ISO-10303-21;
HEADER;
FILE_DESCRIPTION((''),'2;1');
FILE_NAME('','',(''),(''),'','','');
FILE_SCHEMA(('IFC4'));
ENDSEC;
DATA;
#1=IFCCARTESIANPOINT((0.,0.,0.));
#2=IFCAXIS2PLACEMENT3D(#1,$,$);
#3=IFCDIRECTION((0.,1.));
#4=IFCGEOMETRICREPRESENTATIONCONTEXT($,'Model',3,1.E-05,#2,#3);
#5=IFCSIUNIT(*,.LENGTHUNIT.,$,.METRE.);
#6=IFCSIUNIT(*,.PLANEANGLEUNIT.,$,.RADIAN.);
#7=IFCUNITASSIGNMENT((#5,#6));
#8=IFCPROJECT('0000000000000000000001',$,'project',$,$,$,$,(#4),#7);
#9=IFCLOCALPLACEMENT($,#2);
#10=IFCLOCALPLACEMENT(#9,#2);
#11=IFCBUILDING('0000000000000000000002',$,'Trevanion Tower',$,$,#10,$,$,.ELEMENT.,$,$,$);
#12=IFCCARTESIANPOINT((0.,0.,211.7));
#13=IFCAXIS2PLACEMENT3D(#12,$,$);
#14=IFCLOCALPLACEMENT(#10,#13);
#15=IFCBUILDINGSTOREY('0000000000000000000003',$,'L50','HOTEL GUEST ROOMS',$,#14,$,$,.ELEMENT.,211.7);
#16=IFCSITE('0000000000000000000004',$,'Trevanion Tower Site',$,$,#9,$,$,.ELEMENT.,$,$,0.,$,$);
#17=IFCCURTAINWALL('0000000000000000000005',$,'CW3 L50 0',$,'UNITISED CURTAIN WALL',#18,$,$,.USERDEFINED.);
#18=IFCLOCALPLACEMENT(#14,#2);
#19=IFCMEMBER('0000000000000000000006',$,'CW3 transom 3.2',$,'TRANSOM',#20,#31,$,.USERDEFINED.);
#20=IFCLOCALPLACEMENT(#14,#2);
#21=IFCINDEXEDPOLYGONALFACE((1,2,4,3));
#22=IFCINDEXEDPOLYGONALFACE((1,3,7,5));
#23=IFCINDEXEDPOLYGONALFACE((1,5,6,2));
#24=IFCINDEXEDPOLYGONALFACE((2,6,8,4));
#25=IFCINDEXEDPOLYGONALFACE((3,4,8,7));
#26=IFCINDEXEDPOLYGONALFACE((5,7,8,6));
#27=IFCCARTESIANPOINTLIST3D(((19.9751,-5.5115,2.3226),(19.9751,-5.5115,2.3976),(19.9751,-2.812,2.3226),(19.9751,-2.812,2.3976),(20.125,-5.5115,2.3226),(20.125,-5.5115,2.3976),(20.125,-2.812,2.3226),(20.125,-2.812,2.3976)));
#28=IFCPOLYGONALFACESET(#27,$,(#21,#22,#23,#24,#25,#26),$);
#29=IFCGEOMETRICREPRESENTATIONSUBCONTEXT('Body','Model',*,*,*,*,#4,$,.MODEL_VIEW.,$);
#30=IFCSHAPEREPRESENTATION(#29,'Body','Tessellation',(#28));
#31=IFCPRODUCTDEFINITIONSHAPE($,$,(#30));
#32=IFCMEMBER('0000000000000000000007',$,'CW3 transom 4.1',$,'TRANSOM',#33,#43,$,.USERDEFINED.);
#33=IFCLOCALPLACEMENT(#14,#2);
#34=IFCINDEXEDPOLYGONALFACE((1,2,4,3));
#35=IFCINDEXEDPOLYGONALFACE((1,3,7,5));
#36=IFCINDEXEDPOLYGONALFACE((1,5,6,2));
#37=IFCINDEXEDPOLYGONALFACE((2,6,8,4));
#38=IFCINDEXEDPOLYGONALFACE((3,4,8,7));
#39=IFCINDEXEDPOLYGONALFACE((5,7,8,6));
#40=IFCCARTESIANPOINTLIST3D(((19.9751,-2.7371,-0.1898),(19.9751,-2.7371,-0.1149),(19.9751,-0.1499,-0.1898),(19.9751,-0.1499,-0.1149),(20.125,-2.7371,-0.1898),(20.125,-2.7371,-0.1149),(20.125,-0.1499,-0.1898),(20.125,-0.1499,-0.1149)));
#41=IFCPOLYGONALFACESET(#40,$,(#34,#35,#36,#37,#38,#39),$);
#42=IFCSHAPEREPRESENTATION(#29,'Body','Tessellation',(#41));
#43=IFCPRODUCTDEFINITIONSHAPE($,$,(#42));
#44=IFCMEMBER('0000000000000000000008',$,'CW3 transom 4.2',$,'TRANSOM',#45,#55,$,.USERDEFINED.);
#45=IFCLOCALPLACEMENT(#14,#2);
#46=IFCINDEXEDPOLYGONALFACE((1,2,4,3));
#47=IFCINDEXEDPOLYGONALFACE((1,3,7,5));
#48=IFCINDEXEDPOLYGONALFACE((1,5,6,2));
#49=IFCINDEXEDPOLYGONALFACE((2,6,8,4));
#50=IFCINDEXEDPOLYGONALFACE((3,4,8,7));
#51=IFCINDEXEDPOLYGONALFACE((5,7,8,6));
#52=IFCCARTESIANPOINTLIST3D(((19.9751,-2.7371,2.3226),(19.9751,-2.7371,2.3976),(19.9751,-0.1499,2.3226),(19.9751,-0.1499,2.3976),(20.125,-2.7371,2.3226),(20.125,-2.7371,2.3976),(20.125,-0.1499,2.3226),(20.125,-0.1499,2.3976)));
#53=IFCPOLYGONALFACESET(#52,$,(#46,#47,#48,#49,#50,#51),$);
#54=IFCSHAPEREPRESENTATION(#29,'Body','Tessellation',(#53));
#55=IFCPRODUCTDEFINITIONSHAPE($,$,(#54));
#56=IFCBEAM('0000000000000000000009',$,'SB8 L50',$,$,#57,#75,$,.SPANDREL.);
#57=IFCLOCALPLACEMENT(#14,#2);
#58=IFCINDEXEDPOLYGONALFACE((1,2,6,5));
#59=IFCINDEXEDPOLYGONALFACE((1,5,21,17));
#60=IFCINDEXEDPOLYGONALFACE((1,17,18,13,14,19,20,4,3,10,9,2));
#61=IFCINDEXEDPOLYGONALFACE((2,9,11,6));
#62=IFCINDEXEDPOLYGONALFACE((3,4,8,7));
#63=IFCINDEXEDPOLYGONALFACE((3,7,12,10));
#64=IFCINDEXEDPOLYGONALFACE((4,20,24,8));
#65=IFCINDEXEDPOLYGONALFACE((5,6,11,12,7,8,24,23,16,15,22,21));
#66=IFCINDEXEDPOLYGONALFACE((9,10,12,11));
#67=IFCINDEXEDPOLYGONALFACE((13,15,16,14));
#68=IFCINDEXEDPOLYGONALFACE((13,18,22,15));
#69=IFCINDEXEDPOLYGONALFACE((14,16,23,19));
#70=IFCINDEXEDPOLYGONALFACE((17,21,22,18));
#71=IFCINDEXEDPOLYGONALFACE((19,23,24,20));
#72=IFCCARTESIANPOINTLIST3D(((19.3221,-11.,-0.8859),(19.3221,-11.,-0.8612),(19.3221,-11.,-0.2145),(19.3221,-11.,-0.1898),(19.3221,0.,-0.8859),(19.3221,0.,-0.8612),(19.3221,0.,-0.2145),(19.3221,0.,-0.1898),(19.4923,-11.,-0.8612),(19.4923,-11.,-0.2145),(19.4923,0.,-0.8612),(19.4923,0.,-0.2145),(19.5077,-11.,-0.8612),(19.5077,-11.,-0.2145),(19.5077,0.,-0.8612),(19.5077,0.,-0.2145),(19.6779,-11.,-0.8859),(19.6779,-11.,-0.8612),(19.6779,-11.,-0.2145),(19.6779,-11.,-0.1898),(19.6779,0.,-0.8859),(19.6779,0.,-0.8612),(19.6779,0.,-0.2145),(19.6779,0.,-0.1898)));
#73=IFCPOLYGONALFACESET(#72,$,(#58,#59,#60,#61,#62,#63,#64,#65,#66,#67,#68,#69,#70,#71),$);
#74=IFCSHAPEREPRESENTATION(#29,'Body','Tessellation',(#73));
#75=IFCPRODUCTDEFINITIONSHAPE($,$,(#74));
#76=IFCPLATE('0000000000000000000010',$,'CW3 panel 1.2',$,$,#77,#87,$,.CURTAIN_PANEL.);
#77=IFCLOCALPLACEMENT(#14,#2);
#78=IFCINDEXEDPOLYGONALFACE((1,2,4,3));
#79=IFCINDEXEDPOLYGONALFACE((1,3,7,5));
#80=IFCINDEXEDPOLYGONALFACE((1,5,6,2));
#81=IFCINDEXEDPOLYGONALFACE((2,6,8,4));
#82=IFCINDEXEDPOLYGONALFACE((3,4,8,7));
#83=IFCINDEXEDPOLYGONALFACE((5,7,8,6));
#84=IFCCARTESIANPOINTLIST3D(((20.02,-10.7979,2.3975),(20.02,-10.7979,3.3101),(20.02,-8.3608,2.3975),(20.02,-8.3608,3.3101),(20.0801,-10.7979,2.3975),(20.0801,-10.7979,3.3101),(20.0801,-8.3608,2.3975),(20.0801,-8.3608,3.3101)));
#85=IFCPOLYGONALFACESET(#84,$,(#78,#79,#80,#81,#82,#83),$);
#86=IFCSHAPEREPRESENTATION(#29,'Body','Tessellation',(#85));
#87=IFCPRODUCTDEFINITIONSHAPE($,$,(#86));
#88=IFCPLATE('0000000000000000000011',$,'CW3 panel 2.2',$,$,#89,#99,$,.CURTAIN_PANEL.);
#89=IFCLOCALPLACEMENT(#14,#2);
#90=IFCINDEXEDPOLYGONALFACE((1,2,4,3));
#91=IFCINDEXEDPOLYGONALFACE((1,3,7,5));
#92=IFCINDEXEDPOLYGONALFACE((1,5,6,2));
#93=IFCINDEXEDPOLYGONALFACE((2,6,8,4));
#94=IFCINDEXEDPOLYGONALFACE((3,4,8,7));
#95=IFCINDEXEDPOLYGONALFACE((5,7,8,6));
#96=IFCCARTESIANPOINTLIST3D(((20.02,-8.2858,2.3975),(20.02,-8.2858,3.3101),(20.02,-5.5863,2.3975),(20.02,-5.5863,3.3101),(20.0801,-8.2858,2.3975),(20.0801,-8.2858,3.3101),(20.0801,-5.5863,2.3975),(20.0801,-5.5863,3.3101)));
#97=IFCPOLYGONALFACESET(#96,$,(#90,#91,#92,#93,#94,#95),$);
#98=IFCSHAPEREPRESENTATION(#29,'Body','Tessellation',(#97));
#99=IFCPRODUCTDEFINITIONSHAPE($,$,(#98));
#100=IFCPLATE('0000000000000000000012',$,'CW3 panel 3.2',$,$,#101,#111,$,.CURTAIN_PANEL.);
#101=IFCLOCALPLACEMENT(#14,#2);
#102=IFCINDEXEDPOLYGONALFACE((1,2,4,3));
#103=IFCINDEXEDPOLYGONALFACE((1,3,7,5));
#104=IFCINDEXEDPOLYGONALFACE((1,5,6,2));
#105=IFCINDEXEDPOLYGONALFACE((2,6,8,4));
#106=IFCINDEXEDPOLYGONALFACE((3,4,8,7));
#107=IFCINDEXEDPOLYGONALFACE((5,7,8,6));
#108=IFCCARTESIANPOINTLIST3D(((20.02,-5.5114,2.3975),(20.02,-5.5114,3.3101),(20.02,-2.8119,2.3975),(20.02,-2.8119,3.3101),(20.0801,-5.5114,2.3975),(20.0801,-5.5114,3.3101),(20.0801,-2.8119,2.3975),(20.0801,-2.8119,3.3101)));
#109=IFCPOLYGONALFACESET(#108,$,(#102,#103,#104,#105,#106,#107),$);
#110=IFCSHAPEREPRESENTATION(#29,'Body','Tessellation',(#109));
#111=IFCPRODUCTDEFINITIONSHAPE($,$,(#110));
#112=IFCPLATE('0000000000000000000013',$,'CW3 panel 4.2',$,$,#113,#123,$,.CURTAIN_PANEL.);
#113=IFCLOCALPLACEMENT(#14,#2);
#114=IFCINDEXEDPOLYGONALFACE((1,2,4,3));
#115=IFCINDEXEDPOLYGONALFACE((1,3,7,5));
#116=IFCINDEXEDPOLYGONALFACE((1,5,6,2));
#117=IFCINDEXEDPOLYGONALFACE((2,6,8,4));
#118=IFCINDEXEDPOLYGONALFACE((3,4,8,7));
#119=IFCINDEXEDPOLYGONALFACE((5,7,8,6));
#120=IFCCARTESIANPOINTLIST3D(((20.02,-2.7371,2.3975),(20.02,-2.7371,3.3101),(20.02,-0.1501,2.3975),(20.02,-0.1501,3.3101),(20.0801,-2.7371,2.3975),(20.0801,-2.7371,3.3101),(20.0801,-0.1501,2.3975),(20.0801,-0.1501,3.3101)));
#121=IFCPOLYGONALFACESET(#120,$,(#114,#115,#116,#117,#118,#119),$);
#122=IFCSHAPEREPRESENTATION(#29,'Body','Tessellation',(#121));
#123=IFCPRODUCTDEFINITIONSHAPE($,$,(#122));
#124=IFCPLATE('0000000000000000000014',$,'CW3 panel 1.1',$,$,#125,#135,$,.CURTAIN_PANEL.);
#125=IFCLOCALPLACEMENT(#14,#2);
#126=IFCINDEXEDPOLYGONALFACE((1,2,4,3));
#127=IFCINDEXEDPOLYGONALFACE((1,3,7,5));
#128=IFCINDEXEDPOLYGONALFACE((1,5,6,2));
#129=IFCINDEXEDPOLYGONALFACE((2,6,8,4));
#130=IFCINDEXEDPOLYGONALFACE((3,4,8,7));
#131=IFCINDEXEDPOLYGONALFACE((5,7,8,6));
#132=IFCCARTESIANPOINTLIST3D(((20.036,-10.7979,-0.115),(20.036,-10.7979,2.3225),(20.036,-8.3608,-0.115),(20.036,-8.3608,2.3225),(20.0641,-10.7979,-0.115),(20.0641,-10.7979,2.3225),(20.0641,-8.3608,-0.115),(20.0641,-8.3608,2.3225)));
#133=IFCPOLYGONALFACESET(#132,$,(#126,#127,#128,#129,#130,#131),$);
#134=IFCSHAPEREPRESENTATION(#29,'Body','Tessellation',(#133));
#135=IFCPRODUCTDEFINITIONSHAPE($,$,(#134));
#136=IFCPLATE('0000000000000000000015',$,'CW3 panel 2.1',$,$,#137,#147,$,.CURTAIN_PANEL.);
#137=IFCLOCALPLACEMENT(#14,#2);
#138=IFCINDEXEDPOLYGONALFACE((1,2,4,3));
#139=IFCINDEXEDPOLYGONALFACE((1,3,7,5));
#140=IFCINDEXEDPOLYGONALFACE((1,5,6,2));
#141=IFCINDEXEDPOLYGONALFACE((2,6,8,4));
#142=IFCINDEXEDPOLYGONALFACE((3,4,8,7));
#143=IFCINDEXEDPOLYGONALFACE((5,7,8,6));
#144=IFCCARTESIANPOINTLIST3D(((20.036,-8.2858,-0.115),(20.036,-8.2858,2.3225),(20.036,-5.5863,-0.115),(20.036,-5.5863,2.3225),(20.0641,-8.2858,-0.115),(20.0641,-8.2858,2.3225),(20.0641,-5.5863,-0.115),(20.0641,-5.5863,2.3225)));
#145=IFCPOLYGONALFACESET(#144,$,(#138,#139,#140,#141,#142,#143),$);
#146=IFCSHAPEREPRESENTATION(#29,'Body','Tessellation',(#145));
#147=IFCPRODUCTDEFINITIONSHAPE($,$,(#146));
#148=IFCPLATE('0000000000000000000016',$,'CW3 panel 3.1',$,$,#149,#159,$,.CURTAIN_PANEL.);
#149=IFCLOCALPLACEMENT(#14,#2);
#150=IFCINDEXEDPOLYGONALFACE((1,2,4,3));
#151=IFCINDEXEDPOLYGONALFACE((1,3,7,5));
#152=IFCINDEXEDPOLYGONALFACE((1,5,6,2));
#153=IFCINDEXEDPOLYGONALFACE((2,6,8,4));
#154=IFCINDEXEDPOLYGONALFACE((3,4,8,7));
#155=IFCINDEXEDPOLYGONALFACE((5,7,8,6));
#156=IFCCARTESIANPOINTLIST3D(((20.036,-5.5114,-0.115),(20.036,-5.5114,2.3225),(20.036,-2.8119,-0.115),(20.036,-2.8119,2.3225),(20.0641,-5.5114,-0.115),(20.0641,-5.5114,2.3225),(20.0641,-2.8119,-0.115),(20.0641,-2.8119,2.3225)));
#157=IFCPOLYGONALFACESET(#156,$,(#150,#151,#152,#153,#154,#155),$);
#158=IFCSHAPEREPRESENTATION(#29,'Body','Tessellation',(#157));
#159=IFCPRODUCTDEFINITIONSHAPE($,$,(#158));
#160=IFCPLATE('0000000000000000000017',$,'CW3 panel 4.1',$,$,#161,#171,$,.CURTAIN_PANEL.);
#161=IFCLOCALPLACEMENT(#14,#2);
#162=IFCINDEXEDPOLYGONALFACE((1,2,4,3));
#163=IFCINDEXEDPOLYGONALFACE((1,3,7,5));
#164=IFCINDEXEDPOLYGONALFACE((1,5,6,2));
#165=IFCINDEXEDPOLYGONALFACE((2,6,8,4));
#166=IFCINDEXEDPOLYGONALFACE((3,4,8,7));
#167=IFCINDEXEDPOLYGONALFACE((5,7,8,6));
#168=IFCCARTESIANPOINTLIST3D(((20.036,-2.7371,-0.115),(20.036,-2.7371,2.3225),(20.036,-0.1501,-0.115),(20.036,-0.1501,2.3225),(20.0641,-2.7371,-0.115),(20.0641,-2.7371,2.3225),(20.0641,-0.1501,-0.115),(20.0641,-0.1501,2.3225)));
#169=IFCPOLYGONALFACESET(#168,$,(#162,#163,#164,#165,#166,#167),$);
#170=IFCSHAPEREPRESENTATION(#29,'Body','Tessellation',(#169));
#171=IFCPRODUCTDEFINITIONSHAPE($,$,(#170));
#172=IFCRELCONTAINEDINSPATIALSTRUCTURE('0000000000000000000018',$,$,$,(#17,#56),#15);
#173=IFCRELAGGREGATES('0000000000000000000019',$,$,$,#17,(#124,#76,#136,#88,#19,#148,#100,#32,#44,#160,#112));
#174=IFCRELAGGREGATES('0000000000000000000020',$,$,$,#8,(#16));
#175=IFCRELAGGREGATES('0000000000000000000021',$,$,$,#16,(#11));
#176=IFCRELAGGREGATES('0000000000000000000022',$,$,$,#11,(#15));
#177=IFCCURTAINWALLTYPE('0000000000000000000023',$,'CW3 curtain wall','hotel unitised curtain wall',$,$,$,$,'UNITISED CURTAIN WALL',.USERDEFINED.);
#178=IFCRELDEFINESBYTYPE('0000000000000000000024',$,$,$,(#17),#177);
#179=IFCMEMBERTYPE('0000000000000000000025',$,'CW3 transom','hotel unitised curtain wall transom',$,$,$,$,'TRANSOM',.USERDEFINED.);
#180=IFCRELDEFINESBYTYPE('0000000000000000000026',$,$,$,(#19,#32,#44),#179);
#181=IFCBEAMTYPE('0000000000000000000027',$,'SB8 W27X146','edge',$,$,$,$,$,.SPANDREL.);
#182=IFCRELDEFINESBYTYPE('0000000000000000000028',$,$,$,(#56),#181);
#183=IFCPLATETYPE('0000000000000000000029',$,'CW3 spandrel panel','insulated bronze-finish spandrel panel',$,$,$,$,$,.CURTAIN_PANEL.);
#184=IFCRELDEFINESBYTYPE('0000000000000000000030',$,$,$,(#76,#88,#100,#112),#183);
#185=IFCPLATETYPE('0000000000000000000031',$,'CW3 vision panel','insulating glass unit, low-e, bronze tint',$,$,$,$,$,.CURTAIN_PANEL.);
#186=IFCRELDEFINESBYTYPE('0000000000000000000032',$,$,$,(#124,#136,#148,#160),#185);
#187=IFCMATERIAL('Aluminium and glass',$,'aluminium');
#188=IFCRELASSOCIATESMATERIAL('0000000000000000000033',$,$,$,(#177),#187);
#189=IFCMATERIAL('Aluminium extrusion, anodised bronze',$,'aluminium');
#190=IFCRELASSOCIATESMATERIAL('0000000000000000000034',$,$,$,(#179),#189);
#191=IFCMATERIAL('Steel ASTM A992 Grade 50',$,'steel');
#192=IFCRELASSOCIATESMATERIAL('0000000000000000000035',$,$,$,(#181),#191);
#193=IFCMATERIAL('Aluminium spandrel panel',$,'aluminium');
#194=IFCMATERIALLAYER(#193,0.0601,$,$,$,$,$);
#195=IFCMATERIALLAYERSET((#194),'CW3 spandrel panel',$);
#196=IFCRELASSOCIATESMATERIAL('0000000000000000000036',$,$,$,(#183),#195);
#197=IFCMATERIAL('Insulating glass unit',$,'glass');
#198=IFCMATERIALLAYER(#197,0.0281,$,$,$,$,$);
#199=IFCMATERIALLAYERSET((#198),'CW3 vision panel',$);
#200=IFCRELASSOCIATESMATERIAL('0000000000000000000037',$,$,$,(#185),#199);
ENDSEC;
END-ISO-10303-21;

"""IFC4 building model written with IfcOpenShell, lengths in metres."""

from ifc_helpers import new_model, si_unit, direction, frame, origin, origin_2d, place, context, subcontext, project, spatial, rectangle, i_section, extrude, material, layer, layer_set, material_profile, profile_set, type_object, element, aggregate, save


model = new_model("IFC4")

# Units and contexts
model_context = context("Model", 3, precision=1e-05, world=origin(), true_north=direction((0.0, 1.0)))
body_context = subcontext(model_context, "Body", "Model", "MODEL_VIEW")
ifc_project = project(units=[si_unit("LENGTHUNIT", "METRE"), si_unit("PLANEANGLEUNIT", "RADIAN")], contexts=[model_context])

# Site, building, storey
site_placement = place(None, origin())
site = spatial("IfcSite", under=ifc_project, at=site_placement, Name="Trevanion Tower Site", CompositionType="ELEMENT", RefElevation=0.0)
building_placement = place(site_placement, origin())
building = spatial("IfcBuilding", under=site, at=building_placement, Name="Trevanion Tower", CompositionType="ELEMENT")
storey_placement = place(building_placement, frame((0.0, 0.0, 211.7)))
storey = spatial("IfcBuildingStorey", under=building, at=storey_placement, Name="L50", Description="HOTEL GUEST ROOMS", CompositionType="ELEMENT", Elevation=211.7)

# Curtain wall, members
ifc_material_1 = material(Name="Aluminium and glass", Category="aluminium")
curtain_wall_type = type_object("IfcCurtainWallType", Name="CW3 curtain wall", Description="hotel unitised curtain wall", ElementType="UNITISED CURTAIN WALL", PredefinedType="USERDEFINED", material=ifc_material_1)
curtain_wall_placement = place(storey_placement, origin())
curtain_wall = element("IfcCurtainWall", 1, at=curtain_wall_placement, inside=storey, type_object=curtain_wall_type, Name="CW3 L50 0", ObjectType="UNITISED CURTAIN WALL", PredefinedType="USERDEFINED")
ifc_material_2 = material(Name="Aluminium extrusion, anodised bronze", Category="aluminium")
ifc_material_profile_1 = material_profile(ifc_material_2, rectangle(XDim=0.1499, YDim=0.075, at=origin_2d()), Name="CW3 transom")
ifc_profile_set_1 = profile_set([ifc_material_profile_1], Name="Aluminium extrusion, anodised bronze")
member_type_1 = type_object("IfcMemberType", Name="CW3 transom", Description="hotel unitised curtain wall transom", ElementType="TRANSOM", PredefinedType="USERDEFINED", material=ifc_profile_set_1)
member_1_placement = place(storey_placement, frame((20.05, -5.5115, 2.3601), z_axis=(0.0, 1.0, 0.0), x_axis=(-1.0, 0.0, 0.0)))
member_1 = element("IfcMember", 2, at=member_1_placement, type_object=member_type_1, Name="CW3 transom 3.2", ObjectType="TRANSOM", PredefinedType="USERDEFINED", context=body_context, shape_type="SweptSolid", body=[
    extrude(rectangle(XDim=0.1499, YDim=0.075, at=origin_2d()), origin(), (0.0, 0.0, 1.0), 2.6995),
])
member_2_placement = place(storey_placement, frame((20.05, -2.7371, -0.1523), z_axis=(0.0, 1.0, 0.0), x_axis=(-1.0, 0.0, 0.0)))
member_2 = element("IfcMember", 3, at=member_2_placement, type_object=member_type_1, Name="CW3 transom 4.1", ObjectType="TRANSOM", PredefinedType="USERDEFINED", context=body_context, shape_type="SweptSolid", body=[
    extrude(rectangle(XDim=0.1499, YDim=0.075, at=origin_2d()), origin(), (0.0, 0.0, 1.0), 2.5872),
])
member_3_placement = place(storey_placement, frame((20.05, -2.7371, 2.3601), z_axis=(0.0, 1.0, 0.0), x_axis=(-1.0, 0.0, 0.0)))
member_3 = element("IfcMember", 4, at=member_3_placement, type_object=member_type_1, Name="CW3 transom 4.2", ObjectType="TRANSOM", PredefinedType="USERDEFINED", context=body_context, shape_type="SweptSolid", body=[
    extrude(rectangle(XDim=0.1499, YDim=0.075, at=origin_2d()), origin(), (0.0, 0.0, 1.0), 2.5872),
])

# Beam
ifc_material_3 = material(Name="Steel ASTM A992 Grade 50", Category="steel")
ifc_material_profile_2 = material_profile(ifc_material_3, i_section(OverallWidth=0.3557, OverallDepth=0.696, WebThickness=0.0154, FlangeThickness=0.0247, at=origin_2d()), Name="W27X146")
ifc_profile_set_2 = profile_set([ifc_material_profile_2], Name="Steel ASTM A992 Grade 50")
beam_type_1 = type_object("IfcBeamType", Name="SB8 W27X146", Description="edge", PredefinedType="SPANDREL", material=ifc_profile_set_2)
beam_placement = place(storey_placement, frame((19.5, -11.0, -0.5378), z_axis=(0.0, 1.0, 0.0), x_axis=(-1.0, 0.0, 0.0)))
element("IfcBeam", 5, at=beam_placement, inside=storey, type_object=beam_type_1, Name="SB8 L50", PredefinedType="SPANDREL", context=body_context, shape_type="SweptSolid", body=[
    extrude(i_section(OverallWidth=0.3557, OverallDepth=0.696, WebThickness=0.0154, FlangeThickness=0.0247, at=origin_2d()), origin(), (0.0, 0.0, 1.0), 11.0),
])

# Plates
ifc_material_4 = material(Name="Aluminium spandrel panel", Category="aluminium")
ifc_layer_1 = layer(ifc_material_4, 0.0601)
ifc_layer_set_1 = layer_set([ifc_layer_1], Name="CW3 spandrel panel")
plate_type_1 = type_object("IfcPlateType", Name="CW3 spandrel panel", Description="insulated bronze-finish spandrel panel", PredefinedType="CURTAIN_PANEL", material=ifc_layer_set_1)
plate_1_placement = place(storey_placement, frame((20.05, -9.5793, 2.3975), z_axis=(0.0, 0.0, 1.0), x_axis=(0.0, 1.0, 0.0)))
plate_1 = element("IfcPlate", 6, at=plate_1_placement, type_object=plate_type_1, Name="CW3 panel 1.2", PredefinedType="CURTAIN_PANEL", context=body_context, shape_type="SweptSolid", body=[
    extrude(rectangle(XDim=2.437, YDim=0.0601, at=origin_2d()), origin(), (0.0, 0.0, 1.0), 0.9126),
])
plate_2_placement = place(storey_placement, frame((20.05, -6.936, 2.3975), z_axis=(0.0, 0.0, 1.0), x_axis=(0.0, 1.0, 0.0)))
plate_2 = element("IfcPlate", 7, at=plate_2_placement, type_object=plate_type_1, Name="CW3 panel 2.2", PredefinedType="CURTAIN_PANEL", context=body_context, shape_type="SweptSolid", body=[
    extrude(rectangle(XDim=2.6995, YDim=0.0601, at=origin_2d()), origin(), (0.0, 0.0, 1.0), 0.9126),
])
plate_3_placement = place(storey_placement, frame((20.05, -4.1616, 2.3975), z_axis=(0.0, 0.0, 1.0), x_axis=(0.0, 1.0, 0.0)))
plate_3 = element("IfcPlate", 8, at=plate_3_placement, type_object=plate_type_1, Name="CW3 panel 3.2", PredefinedType="CURTAIN_PANEL", context=body_context, shape_type="SweptSolid", body=[
    extrude(rectangle(XDim=2.6995, YDim=0.0601, at=origin_2d()), origin(), (0.0, 0.0, 1.0), 0.9126),
])
plate_4_placement = place(storey_placement, frame((20.05, -1.4436, 2.3975), z_axis=(0.0, 0.0, 1.0), x_axis=(0.0, 1.0, 0.0)))
plate_4 = element("IfcPlate", 9, at=plate_4_placement, type_object=plate_type_1, Name="CW3 panel 4.2", PredefinedType="CURTAIN_PANEL", context=body_context, shape_type="SweptSolid", body=[
    extrude(rectangle(XDim=2.5869, YDim=0.0601, at=origin_2d()), origin(), (0.0, 0.0, 1.0), 0.9126),
])
ifc_material_5 = material(Name="Insulating glass unit", Category="glass")
ifc_layer_2 = layer(ifc_material_5, 0.0281)
ifc_layer_set_2 = layer_set([ifc_layer_2], Name="CW3 vision panel")
plate_type_2 = type_object("IfcPlateType", Name="CW3 vision panel", Description="insulating glass unit, low-e, bronze tint", PredefinedType="CURTAIN_PANEL", material=ifc_layer_set_2)
plate_5_placement = place(storey_placement, frame((20.05, -9.5793, -0.115), z_axis=(0.0, 0.0, 1.0), x_axis=(0.0, 1.0, 0.0)))
plate_5 = element("IfcPlate", 10, at=plate_5_placement, type_object=plate_type_2, Name="CW3 panel 1.1", PredefinedType="CURTAIN_PANEL", context=body_context, shape_type="SweptSolid", body=[
    extrude(rectangle(XDim=2.437, YDim=0.0281, at=origin_2d()), origin(), (0.0, 0.0, 1.0), 2.4375),
])
plate_6_placement = place(storey_placement, frame((20.05, -6.936, -0.115), z_axis=(0.0, 0.0, 1.0), x_axis=(0.0, 1.0, 0.0)))
plate_6 = element("IfcPlate", 11, at=plate_6_placement, type_object=plate_type_2, Name="CW3 panel 2.1", PredefinedType="CURTAIN_PANEL", context=body_context, shape_type="SweptSolid", body=[
    extrude(rectangle(XDim=2.6995, YDim=0.0281, at=origin_2d()), origin(), (0.0, 0.0, 1.0), 2.4375),
])
plate_7_placement = place(storey_placement, frame((20.05, -4.1616, -0.115), z_axis=(0.0, 0.0, 1.0), x_axis=(0.0, 1.0, 0.0)))
plate_7 = element("IfcPlate", 12, at=plate_7_placement, type_object=plate_type_2, Name="CW3 panel 3.1", PredefinedType="CURTAIN_PANEL", context=body_context, shape_type="SweptSolid", body=[
    extrude(rectangle(XDim=2.6995, YDim=0.0281, at=origin_2d()), origin(), (0.0, 0.0, 1.0), 2.4375),
])
plate_8_placement = place(storey_placement, frame((20.05, -1.4436, -0.115), z_axis=(0.0, 0.0, 1.0), x_axis=(0.0, 1.0, 0.0)))
plate_8 = element("IfcPlate", 13, at=plate_8_placement, type_object=plate_type_2, Name="CW3 panel 4.1", PredefinedType="CURTAIN_PANEL", context=body_context, shape_type="SweptSolid", body=[
    extrude(rectangle(XDim=2.5869, YDim=0.0281, at=origin_2d()), origin(), (0.0, 0.0, 1.0), 2.4375),
])
aggregate(curtain_wall, [plate_5, plate_1, plate_6, plate_2, member_1, plate_7, plate_3, member_2, member_3, plate_8, plate_4])

save(model, "model.ifc")
